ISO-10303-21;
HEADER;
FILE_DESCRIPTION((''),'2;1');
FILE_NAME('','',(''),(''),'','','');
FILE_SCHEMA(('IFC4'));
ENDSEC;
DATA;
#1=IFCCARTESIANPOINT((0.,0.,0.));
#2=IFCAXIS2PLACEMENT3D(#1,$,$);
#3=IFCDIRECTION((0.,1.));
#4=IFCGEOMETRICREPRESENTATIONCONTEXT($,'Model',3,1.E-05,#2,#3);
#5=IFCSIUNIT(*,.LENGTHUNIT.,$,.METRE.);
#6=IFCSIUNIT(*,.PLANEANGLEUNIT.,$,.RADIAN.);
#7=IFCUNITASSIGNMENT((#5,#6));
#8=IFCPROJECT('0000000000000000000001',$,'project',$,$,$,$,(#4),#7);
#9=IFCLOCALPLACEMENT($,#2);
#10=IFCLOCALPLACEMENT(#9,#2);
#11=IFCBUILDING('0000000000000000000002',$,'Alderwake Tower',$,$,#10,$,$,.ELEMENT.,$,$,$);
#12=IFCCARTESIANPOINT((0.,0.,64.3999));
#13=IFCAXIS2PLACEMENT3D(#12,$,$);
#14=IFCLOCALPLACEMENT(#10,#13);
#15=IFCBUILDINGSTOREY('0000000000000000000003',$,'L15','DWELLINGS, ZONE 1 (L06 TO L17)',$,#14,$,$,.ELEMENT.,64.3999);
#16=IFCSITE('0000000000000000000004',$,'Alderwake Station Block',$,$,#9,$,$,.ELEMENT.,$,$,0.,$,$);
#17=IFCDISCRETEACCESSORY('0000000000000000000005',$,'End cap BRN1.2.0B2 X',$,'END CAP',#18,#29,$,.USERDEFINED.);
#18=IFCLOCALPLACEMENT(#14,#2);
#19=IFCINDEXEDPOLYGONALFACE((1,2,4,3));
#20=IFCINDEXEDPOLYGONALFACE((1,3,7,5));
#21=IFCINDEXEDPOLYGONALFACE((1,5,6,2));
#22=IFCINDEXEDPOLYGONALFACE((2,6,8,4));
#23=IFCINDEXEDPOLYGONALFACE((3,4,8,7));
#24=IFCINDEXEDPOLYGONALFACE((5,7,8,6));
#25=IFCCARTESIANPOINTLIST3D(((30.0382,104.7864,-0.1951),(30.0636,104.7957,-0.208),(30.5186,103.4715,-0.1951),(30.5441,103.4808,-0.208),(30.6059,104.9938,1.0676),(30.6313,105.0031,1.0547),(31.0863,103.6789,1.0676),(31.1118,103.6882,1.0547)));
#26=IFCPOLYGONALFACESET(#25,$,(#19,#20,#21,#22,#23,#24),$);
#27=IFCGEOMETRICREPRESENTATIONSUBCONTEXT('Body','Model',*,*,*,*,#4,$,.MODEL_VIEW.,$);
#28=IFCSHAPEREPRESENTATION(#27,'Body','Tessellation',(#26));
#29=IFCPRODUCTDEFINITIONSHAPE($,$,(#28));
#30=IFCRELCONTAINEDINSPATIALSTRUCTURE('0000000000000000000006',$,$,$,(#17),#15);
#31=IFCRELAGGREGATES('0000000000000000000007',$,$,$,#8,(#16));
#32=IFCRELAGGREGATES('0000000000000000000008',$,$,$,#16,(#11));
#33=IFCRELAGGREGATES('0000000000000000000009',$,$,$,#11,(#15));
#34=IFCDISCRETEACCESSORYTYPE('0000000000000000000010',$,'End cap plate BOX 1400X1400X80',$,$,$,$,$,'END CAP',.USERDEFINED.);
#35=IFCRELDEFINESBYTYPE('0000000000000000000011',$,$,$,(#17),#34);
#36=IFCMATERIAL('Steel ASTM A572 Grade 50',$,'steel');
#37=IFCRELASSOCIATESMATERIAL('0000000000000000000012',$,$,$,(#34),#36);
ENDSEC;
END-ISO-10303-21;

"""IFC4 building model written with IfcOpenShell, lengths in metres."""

from ifc_helpers import new_model, si_unit, direction, frame, origin, origin_2d, place, context, subcontext, project, spatial, rectangle, extrude, material, material_profile, profile_set, type_object, element, save


model = new_model("IFC4")

# Units and contexts
model_context = context("Model", 3, precision=1e-05, world=origin(), true_north=direction((0.0, 1.0)))
body_context = subcontext(model_context, "Body", "Model", "MODEL_VIEW")
ifc_project = project(units=[si_unit("LENGTHUNIT", "METRE"), si_unit("PLANEANGLEUNIT", "RADIAN")], contexts=[model_context])

# Site, building, storey
site_placement = place(None, origin())
site = spatial("IfcSite", under=ifc_project, at=site_placement, Name="Alderwake Station Block", CompositionType="ELEMENT", RefElevation=0.0)
building_placement = place(site_placement, origin())
building = spatial("IfcBuilding", under=site, at=building_placement, Name="Alderwake Tower", CompositionType="ELEMENT")
storey_placement = place(building_placement, frame((0.0, 0.0, 64.3999)))
storey = spatial("IfcBuildingStorey", under=building, at=storey_placement, Name="L15", Description="DWELLINGS, ZONE 1 (L06 TO L17)", CompositionType="ELEMENT", Elevation=64.3999)

# Discrete accessory
ifc_material_1 = material(Name="Steel ASTM A572 Grade 50", Category="steel")
ifc_material_profile_1 = material_profile(ifc_material_1, rectangle(XDim=1.3999, YDim=1.3999, at=origin_2d()), Name="BOX 1400X1400X80 cap")
ifc_profile_set_1 = profile_set([ifc_material_profile_1], Name="Steel ASTM A572 Grade 50")
discrete_accessory_type = type_object("IfcDiscreteAccessoryType", Name="End cap plate BOX 1400X1400X80", ElementType="END CAP", PredefinedType="USERDEFINED", material=ifc_profile_set_1)
discrete_accessory_placement = place(storey_placement, frame((30.5623, 104.2327, 0.4363), z_axis=(0.84721, 0.309558, -0.431751), x_axis=(-0.343193, 0.939265, 0.0)))
element("IfcDiscreteAccessory", 1, at=discrete_accessory_placement, inside=storey, type_object=discrete_accessory_type, Name="End cap BRN1.2.0B2 X", ObjectType="END CAP", PredefinedType="USERDEFINED", context=body_context, shape_type="SweptSolid", body=[
    extrude(rectangle(XDim=1.3999, YDim=1.3999, at=origin_2d()), origin(), (0.0, 0.0, 1.0), 0.03),
])

save(model, "model.ifc")
